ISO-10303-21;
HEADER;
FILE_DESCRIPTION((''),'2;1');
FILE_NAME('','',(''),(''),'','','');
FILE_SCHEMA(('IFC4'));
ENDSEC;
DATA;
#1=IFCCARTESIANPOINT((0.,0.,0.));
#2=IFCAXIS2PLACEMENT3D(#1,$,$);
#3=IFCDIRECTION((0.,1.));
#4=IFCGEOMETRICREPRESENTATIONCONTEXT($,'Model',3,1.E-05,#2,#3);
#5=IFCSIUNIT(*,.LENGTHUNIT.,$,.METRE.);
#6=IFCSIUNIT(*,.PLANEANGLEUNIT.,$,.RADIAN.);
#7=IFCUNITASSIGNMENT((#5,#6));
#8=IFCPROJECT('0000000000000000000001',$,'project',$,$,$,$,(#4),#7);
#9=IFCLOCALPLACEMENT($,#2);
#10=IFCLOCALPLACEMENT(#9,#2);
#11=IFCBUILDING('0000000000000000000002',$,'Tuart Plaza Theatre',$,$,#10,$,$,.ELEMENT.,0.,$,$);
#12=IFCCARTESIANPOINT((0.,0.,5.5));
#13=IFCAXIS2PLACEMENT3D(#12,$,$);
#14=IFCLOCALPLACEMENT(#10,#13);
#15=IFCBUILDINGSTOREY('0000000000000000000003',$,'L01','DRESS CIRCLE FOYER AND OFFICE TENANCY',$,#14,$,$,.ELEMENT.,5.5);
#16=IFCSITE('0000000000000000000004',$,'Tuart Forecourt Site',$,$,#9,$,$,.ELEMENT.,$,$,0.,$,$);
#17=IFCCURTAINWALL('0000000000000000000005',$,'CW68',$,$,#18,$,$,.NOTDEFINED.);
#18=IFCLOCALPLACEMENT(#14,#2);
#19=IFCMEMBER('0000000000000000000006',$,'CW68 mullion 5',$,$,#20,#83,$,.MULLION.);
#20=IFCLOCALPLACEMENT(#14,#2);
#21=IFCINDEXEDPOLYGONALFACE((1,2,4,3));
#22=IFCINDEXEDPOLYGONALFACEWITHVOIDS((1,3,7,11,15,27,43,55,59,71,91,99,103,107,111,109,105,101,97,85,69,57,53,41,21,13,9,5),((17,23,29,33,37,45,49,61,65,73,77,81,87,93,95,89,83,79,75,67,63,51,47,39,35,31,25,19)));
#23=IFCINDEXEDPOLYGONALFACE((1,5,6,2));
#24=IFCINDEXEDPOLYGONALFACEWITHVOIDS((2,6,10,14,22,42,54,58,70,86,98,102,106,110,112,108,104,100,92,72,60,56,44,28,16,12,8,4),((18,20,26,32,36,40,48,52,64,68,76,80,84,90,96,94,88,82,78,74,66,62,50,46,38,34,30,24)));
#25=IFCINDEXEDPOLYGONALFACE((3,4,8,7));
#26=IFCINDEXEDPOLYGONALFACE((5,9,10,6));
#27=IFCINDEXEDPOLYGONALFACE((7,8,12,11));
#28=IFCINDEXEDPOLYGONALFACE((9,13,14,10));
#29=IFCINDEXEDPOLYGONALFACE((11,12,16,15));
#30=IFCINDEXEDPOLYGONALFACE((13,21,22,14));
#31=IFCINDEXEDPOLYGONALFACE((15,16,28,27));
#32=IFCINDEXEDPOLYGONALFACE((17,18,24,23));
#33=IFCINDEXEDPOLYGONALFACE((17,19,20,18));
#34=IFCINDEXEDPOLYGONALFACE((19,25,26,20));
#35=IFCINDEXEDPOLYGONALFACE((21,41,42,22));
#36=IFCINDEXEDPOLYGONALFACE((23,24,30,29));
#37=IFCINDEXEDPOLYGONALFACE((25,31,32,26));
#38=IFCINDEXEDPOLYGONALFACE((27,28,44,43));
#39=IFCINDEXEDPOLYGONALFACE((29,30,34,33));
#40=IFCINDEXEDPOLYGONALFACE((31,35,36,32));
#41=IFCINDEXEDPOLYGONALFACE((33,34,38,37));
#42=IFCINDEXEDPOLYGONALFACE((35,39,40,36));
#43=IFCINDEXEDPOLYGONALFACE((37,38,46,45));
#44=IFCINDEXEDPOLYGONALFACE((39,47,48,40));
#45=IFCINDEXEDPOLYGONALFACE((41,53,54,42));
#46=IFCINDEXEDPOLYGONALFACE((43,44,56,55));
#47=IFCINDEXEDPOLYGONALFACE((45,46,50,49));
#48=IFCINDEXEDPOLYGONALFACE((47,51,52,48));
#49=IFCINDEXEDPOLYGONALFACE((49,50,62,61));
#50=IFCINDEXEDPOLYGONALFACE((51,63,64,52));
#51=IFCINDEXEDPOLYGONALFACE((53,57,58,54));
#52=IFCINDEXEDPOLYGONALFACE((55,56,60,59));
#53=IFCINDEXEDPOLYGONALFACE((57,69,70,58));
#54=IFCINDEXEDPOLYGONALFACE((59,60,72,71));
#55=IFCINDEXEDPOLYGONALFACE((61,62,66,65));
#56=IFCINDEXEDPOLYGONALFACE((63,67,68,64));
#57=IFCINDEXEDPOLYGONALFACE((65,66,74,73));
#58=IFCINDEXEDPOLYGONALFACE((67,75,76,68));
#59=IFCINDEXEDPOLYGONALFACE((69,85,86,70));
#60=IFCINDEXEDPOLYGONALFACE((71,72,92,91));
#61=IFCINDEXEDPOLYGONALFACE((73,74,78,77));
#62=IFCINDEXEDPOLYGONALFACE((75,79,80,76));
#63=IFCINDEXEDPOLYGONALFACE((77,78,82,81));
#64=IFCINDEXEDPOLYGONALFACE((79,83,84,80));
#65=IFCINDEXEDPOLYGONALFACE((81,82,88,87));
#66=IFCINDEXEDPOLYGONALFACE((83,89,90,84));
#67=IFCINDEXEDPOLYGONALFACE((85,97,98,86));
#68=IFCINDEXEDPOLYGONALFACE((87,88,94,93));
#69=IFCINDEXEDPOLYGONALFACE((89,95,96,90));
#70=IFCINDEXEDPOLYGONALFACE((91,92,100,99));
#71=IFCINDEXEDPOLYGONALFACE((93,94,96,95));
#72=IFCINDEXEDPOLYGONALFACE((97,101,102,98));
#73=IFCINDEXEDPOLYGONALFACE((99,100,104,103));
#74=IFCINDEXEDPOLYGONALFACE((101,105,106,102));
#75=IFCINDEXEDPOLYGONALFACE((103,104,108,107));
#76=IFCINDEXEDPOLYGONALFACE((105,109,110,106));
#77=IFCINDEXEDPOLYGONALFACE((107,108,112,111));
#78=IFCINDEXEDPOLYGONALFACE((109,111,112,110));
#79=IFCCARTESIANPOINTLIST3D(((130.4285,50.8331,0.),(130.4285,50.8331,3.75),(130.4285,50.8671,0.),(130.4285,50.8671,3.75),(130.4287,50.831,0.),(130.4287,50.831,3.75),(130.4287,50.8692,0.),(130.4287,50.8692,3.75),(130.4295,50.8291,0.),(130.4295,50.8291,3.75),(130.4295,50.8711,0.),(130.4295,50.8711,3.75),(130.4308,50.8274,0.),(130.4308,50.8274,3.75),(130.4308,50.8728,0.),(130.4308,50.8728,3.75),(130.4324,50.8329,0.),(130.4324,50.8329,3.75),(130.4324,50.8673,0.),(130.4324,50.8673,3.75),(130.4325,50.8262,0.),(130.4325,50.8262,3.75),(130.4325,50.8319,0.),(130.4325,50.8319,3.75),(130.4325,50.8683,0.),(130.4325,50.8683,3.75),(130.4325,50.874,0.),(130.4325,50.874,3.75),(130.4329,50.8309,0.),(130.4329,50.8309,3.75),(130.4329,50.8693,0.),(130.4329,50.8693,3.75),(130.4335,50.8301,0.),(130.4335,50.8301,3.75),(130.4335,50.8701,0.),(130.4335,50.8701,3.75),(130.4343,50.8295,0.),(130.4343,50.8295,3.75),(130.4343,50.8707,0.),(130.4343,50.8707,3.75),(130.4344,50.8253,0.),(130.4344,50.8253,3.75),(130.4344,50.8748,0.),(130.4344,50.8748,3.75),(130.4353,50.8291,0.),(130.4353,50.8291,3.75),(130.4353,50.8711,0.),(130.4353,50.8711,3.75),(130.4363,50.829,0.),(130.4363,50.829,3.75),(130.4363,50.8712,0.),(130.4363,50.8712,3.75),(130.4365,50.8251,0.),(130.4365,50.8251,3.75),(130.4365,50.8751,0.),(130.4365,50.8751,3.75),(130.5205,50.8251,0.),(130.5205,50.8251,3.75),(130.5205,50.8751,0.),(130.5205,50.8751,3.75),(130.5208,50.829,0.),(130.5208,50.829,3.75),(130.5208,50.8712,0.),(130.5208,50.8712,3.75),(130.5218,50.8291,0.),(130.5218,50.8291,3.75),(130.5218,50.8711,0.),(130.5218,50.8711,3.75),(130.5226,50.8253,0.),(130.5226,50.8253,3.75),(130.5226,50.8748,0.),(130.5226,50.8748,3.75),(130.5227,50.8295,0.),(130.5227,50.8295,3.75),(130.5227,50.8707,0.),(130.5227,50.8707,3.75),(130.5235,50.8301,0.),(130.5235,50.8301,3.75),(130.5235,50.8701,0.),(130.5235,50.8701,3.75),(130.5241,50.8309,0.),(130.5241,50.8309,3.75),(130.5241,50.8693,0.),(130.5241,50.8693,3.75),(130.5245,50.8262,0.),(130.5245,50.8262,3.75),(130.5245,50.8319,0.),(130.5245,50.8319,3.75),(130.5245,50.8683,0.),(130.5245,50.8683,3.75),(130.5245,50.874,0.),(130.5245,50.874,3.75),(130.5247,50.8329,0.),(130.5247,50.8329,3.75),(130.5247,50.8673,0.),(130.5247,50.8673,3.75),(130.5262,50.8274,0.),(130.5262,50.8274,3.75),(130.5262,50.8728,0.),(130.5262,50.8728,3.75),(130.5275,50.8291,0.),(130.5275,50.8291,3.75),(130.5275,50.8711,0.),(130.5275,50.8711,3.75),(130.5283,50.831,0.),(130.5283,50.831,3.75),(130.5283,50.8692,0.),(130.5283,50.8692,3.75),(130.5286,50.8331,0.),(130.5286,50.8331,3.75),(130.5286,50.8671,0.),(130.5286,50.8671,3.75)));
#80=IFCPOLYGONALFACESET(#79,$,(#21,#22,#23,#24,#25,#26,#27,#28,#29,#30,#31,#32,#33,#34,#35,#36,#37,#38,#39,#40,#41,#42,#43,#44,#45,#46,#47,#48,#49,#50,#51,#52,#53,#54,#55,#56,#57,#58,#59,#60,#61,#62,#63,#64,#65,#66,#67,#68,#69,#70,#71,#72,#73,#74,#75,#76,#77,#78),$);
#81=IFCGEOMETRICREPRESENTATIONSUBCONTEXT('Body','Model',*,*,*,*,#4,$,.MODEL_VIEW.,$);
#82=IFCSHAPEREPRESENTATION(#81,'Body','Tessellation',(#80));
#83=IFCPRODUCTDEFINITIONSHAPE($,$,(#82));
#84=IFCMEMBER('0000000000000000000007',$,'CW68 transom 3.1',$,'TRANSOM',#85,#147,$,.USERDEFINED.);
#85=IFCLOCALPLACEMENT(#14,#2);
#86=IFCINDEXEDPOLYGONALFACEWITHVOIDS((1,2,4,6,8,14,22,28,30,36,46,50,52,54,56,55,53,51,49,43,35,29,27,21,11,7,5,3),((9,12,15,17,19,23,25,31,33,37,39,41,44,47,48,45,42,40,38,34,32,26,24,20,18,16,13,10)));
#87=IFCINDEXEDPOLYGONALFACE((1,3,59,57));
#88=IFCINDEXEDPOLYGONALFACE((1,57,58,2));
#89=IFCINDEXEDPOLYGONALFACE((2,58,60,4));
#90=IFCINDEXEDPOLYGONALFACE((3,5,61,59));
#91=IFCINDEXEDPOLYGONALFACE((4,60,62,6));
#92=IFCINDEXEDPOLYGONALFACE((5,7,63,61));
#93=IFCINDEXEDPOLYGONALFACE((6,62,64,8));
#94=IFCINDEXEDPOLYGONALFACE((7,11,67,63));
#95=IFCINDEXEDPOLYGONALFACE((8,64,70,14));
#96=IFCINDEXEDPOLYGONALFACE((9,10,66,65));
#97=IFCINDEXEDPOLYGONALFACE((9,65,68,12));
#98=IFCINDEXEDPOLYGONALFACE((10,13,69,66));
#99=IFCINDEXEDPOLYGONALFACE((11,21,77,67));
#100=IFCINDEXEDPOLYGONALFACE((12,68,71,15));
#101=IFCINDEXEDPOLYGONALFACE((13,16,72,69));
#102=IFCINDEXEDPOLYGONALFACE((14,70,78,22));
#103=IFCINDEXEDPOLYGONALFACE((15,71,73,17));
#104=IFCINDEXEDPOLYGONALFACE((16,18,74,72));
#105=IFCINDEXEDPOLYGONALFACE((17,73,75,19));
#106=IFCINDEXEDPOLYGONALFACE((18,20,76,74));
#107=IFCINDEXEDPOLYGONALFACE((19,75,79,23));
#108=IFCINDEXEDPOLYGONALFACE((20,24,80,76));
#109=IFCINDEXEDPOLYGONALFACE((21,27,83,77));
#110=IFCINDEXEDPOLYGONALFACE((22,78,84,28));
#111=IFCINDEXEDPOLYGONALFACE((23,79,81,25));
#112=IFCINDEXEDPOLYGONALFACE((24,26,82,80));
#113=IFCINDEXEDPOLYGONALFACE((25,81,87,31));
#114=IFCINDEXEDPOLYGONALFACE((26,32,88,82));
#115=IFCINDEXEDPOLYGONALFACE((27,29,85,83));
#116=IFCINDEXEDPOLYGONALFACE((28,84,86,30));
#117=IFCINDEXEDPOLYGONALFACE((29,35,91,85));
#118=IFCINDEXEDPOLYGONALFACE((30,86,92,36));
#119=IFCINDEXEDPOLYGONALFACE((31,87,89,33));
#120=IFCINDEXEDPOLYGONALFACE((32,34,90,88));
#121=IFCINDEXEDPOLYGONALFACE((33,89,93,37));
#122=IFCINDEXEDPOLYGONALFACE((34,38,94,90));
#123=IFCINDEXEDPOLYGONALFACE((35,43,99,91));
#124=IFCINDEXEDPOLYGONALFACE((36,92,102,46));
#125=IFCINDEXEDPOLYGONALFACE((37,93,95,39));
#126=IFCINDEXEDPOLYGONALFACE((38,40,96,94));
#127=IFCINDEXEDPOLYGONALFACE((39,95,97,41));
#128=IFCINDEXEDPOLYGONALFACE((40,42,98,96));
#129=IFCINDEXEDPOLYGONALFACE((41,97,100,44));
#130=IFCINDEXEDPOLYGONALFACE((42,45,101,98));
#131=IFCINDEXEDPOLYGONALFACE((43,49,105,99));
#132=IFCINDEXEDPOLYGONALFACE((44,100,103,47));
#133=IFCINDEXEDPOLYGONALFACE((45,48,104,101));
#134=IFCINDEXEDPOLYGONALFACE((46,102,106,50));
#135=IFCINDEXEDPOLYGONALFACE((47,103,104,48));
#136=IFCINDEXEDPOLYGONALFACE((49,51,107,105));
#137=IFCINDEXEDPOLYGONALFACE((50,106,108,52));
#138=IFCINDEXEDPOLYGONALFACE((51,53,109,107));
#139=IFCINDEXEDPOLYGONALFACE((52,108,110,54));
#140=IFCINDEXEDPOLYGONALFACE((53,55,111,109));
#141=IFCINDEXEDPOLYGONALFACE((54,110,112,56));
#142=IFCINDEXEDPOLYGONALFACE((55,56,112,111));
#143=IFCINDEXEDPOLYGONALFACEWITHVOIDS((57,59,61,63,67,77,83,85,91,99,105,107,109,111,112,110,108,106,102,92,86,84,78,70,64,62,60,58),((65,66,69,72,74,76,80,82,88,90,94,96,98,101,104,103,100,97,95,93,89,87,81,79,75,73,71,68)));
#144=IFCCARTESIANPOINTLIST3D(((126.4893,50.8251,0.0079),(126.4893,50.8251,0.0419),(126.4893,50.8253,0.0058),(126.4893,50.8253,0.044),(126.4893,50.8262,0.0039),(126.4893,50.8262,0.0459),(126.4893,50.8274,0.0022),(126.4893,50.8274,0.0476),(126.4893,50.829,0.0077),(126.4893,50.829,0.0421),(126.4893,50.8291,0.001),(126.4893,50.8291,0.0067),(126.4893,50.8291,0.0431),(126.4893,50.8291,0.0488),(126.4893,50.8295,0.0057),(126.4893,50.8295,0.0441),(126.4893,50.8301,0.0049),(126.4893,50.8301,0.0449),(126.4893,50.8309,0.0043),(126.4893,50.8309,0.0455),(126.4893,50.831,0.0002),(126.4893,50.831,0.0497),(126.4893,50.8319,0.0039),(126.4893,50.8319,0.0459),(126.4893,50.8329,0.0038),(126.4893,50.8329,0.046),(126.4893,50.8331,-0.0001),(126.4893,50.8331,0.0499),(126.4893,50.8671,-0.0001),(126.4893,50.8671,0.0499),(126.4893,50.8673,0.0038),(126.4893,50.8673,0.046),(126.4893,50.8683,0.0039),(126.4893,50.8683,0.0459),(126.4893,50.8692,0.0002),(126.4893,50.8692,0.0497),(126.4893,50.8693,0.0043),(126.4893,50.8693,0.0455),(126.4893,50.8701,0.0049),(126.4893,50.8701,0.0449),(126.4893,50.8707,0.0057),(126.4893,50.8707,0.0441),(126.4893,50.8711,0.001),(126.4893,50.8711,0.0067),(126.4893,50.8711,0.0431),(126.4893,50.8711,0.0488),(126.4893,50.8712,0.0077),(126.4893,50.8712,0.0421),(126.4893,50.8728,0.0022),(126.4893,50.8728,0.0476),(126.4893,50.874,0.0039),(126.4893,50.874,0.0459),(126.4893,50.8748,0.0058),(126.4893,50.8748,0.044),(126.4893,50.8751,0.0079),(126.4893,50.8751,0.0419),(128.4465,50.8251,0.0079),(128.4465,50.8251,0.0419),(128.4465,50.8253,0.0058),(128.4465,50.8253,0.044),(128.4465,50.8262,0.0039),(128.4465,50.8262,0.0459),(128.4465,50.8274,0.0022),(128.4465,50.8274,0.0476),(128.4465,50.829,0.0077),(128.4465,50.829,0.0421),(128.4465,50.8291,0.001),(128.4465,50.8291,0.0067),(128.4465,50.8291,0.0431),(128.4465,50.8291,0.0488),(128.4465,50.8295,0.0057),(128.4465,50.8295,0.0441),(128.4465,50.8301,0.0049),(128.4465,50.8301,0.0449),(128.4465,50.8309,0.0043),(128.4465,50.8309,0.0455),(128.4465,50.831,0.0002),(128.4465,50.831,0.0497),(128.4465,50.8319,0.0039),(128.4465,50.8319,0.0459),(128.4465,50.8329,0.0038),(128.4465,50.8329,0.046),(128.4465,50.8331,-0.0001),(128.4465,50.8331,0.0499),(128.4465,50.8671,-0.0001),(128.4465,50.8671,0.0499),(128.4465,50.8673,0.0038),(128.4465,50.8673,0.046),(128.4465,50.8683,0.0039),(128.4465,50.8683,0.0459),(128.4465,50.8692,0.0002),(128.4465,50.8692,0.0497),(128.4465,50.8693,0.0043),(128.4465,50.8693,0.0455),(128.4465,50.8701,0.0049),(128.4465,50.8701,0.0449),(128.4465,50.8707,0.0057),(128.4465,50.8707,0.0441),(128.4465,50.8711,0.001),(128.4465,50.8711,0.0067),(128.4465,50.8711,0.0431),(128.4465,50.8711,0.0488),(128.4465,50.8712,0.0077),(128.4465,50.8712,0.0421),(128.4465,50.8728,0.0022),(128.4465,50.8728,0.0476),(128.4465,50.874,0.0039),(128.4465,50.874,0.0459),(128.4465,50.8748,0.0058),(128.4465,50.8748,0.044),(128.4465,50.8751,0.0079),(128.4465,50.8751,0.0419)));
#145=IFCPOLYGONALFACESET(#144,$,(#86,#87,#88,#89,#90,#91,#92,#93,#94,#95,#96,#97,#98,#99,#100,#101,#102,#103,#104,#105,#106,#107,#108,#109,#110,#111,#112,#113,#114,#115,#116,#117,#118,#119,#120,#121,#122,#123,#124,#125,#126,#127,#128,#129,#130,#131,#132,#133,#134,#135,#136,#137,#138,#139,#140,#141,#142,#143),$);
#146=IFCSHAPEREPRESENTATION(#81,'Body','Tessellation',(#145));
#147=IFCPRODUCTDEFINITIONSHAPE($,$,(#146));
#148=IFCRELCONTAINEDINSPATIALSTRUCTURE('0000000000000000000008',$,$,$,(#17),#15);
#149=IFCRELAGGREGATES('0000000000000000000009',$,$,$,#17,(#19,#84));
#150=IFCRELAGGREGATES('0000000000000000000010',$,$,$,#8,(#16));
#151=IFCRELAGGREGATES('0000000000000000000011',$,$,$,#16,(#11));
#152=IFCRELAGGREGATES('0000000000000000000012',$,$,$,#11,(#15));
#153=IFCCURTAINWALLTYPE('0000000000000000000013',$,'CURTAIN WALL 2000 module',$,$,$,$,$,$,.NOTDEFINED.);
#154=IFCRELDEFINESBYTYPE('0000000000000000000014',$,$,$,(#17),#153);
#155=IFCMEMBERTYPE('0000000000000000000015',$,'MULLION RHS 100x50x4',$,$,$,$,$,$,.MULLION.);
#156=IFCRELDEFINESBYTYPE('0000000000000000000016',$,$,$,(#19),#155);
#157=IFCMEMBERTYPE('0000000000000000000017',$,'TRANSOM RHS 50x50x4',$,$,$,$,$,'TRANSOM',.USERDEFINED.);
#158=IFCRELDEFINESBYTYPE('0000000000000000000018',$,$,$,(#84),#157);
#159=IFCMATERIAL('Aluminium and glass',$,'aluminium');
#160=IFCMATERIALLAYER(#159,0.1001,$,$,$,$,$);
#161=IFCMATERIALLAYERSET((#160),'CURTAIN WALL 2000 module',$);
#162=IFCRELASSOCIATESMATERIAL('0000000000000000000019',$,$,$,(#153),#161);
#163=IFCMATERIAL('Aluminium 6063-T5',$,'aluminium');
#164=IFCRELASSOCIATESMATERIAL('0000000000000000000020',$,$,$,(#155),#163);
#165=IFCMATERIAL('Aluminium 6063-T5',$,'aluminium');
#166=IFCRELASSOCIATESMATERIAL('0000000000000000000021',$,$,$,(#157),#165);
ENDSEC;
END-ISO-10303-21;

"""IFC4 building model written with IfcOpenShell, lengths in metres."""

from ifc_helpers import new_model, si_unit, direction, frame, origin, origin_2d, place, context, subcontext, project, spatial, hollow_rectangle, extrude, material, layer, layer_set, material_profile, profile_set, type_object, element, aggregate, save


model = new_model("IFC4")

# Units and contexts
model_context = context("Model", 3, precision=1e-05, world=origin(), true_north=direction((0.0, 1.0)))
body_context = subcontext(model_context, "Body", "Model", "MODEL_VIEW")
ifc_project = project(units=[si_unit("LENGTHUNIT", "METRE"), si_unit("PLANEANGLEUNIT", "RADIAN")], contexts=[model_context])

# Site, building, storey
site_placement = place(None, origin())
site = spatial("IfcSite", under=ifc_project, at=site_placement, Name="Tuart Forecourt Site", CompositionType="ELEMENT", RefElevation=0.0)
building_placement = place(site_placement, origin())
building = spatial("IfcBuilding", under=site, at=building_placement, Name="Tuart Plaza Theatre", CompositionType="ELEMENT", ElevationOfRefHeight=0.0)
storey_placement = place(building_placement, frame((0.0, 0.0, 5.5)))
storey = spatial("IfcBuildingStorey", under=building, at=storey_placement, Name="L01", Description="DRESS CIRCLE FOYER AND OFFICE TENANCY", CompositionType="ELEMENT", Elevation=5.5)

# Curtain wall, members
ifc_material_1 = material(Name="Aluminium and glass", Category="aluminium")
ifc_layer_1 = layer(ifc_material_1, 0.1001)
ifc_layer_set_1 = layer_set([ifc_layer_1], Name="CURTAIN WALL 2000 module")
curtain_wall_type = type_object("IfcCurtainWallType", Name="CURTAIN WALL 2000 module", PredefinedType="NOTDEFINED", material=ifc_layer_set_1)
curtain_wall_placement = place(storey_placement, origin())
curtain_wall = element("IfcCurtainWall", 1, at=curtain_wall_placement, inside=storey, type_object=curtain_wall_type, Name="CW68", PredefinedType="NOTDEFINED")
ifc_material_2 = material(Name="Aluminium 6063-T5", Category="aluminium")
ifc_material_profile_1 = material_profile(ifc_material_2, hollow_rectangle(XDim=0.05, YDim=0.1001, WallThickness=0.0039, InnerFilletRadius=0.0039, OuterFilletRadius=0.0081, at=origin_2d()), Name="RHS 100x50x4")
ifc_profile_set_1 = profile_set([ifc_material_profile_1], Name="Aluminium 6063-T5")
member_type_1 = type_object("IfcMemberType", Name="MULLION RHS 100x50x4", PredefinedType="MULLION", material=ifc_profile_set_1)
member_1_placement = place(storey_placement, frame((130.4785, 50.8501, 0.0), z_axis=(0.0, 0.0, 1.0), x_axis=(0.0, 1.0, 0.0)))
member_1 = element("IfcMember", 2, at=member_1_placement, type_object=member_type_1, Name="CW68 mullion 5", PredefinedType="MULLION", context=body_context, shape_type="SweptSolid", body=[
    extrude(hollow_rectangle(XDim=0.05, YDim=0.1001, WallThickness=0.0039, InnerFilletRadius=0.0039, OuterFilletRadius=0.0081, at=origin_2d()), origin(), (0.0, 0.0, 1.0), 3.75),
])
ifc_material_3 = material(Name="Aluminium 6063-T5", Category="aluminium")
ifc_material_profile_2 = material_profile(ifc_material_3, hollow_rectangle(XDim=0.05, YDim=0.05, WallThickness=0.0039, InnerFilletRadius=0.0039, OuterFilletRadius=0.0081, at=origin_2d()), Name="RHS 50x50x4")
ifc_profile_set_2 = profile_set([ifc_material_profile_2], Name="Aluminium 6063-T5")
member_type_2 = type_object("IfcMemberType", Name="TRANSOM RHS 50x50x4", ElementType="TRANSOM", PredefinedType="USERDEFINED", material=ifc_profile_set_2)
member_2_placement = place(storey_placement, frame((126.4893, 50.8501, 0.0249), z_axis=(1.0, 0.0, 0.0), x_axis=(0.0, 1.0, 0.0)))
member_2 = element("IfcMember", 3, at=member_2_placement, type_object=member_type_2, Name="CW68 transom 3.1", ObjectType="TRANSOM", PredefinedType="USERDEFINED", context=body_context, shape_type="SweptSolid", body=[
    extrude(hollow_rectangle(XDim=0.05, YDim=0.05, WallThickness=0.0039, InnerFilletRadius=0.0039, OuterFilletRadius=0.0081, at=origin_2d()), origin(), (0.0, 0.0, 1.0), 1.9573),
])
aggregate(curtain_wall, [member_1, member_2])

save(model, "model.ifc")
